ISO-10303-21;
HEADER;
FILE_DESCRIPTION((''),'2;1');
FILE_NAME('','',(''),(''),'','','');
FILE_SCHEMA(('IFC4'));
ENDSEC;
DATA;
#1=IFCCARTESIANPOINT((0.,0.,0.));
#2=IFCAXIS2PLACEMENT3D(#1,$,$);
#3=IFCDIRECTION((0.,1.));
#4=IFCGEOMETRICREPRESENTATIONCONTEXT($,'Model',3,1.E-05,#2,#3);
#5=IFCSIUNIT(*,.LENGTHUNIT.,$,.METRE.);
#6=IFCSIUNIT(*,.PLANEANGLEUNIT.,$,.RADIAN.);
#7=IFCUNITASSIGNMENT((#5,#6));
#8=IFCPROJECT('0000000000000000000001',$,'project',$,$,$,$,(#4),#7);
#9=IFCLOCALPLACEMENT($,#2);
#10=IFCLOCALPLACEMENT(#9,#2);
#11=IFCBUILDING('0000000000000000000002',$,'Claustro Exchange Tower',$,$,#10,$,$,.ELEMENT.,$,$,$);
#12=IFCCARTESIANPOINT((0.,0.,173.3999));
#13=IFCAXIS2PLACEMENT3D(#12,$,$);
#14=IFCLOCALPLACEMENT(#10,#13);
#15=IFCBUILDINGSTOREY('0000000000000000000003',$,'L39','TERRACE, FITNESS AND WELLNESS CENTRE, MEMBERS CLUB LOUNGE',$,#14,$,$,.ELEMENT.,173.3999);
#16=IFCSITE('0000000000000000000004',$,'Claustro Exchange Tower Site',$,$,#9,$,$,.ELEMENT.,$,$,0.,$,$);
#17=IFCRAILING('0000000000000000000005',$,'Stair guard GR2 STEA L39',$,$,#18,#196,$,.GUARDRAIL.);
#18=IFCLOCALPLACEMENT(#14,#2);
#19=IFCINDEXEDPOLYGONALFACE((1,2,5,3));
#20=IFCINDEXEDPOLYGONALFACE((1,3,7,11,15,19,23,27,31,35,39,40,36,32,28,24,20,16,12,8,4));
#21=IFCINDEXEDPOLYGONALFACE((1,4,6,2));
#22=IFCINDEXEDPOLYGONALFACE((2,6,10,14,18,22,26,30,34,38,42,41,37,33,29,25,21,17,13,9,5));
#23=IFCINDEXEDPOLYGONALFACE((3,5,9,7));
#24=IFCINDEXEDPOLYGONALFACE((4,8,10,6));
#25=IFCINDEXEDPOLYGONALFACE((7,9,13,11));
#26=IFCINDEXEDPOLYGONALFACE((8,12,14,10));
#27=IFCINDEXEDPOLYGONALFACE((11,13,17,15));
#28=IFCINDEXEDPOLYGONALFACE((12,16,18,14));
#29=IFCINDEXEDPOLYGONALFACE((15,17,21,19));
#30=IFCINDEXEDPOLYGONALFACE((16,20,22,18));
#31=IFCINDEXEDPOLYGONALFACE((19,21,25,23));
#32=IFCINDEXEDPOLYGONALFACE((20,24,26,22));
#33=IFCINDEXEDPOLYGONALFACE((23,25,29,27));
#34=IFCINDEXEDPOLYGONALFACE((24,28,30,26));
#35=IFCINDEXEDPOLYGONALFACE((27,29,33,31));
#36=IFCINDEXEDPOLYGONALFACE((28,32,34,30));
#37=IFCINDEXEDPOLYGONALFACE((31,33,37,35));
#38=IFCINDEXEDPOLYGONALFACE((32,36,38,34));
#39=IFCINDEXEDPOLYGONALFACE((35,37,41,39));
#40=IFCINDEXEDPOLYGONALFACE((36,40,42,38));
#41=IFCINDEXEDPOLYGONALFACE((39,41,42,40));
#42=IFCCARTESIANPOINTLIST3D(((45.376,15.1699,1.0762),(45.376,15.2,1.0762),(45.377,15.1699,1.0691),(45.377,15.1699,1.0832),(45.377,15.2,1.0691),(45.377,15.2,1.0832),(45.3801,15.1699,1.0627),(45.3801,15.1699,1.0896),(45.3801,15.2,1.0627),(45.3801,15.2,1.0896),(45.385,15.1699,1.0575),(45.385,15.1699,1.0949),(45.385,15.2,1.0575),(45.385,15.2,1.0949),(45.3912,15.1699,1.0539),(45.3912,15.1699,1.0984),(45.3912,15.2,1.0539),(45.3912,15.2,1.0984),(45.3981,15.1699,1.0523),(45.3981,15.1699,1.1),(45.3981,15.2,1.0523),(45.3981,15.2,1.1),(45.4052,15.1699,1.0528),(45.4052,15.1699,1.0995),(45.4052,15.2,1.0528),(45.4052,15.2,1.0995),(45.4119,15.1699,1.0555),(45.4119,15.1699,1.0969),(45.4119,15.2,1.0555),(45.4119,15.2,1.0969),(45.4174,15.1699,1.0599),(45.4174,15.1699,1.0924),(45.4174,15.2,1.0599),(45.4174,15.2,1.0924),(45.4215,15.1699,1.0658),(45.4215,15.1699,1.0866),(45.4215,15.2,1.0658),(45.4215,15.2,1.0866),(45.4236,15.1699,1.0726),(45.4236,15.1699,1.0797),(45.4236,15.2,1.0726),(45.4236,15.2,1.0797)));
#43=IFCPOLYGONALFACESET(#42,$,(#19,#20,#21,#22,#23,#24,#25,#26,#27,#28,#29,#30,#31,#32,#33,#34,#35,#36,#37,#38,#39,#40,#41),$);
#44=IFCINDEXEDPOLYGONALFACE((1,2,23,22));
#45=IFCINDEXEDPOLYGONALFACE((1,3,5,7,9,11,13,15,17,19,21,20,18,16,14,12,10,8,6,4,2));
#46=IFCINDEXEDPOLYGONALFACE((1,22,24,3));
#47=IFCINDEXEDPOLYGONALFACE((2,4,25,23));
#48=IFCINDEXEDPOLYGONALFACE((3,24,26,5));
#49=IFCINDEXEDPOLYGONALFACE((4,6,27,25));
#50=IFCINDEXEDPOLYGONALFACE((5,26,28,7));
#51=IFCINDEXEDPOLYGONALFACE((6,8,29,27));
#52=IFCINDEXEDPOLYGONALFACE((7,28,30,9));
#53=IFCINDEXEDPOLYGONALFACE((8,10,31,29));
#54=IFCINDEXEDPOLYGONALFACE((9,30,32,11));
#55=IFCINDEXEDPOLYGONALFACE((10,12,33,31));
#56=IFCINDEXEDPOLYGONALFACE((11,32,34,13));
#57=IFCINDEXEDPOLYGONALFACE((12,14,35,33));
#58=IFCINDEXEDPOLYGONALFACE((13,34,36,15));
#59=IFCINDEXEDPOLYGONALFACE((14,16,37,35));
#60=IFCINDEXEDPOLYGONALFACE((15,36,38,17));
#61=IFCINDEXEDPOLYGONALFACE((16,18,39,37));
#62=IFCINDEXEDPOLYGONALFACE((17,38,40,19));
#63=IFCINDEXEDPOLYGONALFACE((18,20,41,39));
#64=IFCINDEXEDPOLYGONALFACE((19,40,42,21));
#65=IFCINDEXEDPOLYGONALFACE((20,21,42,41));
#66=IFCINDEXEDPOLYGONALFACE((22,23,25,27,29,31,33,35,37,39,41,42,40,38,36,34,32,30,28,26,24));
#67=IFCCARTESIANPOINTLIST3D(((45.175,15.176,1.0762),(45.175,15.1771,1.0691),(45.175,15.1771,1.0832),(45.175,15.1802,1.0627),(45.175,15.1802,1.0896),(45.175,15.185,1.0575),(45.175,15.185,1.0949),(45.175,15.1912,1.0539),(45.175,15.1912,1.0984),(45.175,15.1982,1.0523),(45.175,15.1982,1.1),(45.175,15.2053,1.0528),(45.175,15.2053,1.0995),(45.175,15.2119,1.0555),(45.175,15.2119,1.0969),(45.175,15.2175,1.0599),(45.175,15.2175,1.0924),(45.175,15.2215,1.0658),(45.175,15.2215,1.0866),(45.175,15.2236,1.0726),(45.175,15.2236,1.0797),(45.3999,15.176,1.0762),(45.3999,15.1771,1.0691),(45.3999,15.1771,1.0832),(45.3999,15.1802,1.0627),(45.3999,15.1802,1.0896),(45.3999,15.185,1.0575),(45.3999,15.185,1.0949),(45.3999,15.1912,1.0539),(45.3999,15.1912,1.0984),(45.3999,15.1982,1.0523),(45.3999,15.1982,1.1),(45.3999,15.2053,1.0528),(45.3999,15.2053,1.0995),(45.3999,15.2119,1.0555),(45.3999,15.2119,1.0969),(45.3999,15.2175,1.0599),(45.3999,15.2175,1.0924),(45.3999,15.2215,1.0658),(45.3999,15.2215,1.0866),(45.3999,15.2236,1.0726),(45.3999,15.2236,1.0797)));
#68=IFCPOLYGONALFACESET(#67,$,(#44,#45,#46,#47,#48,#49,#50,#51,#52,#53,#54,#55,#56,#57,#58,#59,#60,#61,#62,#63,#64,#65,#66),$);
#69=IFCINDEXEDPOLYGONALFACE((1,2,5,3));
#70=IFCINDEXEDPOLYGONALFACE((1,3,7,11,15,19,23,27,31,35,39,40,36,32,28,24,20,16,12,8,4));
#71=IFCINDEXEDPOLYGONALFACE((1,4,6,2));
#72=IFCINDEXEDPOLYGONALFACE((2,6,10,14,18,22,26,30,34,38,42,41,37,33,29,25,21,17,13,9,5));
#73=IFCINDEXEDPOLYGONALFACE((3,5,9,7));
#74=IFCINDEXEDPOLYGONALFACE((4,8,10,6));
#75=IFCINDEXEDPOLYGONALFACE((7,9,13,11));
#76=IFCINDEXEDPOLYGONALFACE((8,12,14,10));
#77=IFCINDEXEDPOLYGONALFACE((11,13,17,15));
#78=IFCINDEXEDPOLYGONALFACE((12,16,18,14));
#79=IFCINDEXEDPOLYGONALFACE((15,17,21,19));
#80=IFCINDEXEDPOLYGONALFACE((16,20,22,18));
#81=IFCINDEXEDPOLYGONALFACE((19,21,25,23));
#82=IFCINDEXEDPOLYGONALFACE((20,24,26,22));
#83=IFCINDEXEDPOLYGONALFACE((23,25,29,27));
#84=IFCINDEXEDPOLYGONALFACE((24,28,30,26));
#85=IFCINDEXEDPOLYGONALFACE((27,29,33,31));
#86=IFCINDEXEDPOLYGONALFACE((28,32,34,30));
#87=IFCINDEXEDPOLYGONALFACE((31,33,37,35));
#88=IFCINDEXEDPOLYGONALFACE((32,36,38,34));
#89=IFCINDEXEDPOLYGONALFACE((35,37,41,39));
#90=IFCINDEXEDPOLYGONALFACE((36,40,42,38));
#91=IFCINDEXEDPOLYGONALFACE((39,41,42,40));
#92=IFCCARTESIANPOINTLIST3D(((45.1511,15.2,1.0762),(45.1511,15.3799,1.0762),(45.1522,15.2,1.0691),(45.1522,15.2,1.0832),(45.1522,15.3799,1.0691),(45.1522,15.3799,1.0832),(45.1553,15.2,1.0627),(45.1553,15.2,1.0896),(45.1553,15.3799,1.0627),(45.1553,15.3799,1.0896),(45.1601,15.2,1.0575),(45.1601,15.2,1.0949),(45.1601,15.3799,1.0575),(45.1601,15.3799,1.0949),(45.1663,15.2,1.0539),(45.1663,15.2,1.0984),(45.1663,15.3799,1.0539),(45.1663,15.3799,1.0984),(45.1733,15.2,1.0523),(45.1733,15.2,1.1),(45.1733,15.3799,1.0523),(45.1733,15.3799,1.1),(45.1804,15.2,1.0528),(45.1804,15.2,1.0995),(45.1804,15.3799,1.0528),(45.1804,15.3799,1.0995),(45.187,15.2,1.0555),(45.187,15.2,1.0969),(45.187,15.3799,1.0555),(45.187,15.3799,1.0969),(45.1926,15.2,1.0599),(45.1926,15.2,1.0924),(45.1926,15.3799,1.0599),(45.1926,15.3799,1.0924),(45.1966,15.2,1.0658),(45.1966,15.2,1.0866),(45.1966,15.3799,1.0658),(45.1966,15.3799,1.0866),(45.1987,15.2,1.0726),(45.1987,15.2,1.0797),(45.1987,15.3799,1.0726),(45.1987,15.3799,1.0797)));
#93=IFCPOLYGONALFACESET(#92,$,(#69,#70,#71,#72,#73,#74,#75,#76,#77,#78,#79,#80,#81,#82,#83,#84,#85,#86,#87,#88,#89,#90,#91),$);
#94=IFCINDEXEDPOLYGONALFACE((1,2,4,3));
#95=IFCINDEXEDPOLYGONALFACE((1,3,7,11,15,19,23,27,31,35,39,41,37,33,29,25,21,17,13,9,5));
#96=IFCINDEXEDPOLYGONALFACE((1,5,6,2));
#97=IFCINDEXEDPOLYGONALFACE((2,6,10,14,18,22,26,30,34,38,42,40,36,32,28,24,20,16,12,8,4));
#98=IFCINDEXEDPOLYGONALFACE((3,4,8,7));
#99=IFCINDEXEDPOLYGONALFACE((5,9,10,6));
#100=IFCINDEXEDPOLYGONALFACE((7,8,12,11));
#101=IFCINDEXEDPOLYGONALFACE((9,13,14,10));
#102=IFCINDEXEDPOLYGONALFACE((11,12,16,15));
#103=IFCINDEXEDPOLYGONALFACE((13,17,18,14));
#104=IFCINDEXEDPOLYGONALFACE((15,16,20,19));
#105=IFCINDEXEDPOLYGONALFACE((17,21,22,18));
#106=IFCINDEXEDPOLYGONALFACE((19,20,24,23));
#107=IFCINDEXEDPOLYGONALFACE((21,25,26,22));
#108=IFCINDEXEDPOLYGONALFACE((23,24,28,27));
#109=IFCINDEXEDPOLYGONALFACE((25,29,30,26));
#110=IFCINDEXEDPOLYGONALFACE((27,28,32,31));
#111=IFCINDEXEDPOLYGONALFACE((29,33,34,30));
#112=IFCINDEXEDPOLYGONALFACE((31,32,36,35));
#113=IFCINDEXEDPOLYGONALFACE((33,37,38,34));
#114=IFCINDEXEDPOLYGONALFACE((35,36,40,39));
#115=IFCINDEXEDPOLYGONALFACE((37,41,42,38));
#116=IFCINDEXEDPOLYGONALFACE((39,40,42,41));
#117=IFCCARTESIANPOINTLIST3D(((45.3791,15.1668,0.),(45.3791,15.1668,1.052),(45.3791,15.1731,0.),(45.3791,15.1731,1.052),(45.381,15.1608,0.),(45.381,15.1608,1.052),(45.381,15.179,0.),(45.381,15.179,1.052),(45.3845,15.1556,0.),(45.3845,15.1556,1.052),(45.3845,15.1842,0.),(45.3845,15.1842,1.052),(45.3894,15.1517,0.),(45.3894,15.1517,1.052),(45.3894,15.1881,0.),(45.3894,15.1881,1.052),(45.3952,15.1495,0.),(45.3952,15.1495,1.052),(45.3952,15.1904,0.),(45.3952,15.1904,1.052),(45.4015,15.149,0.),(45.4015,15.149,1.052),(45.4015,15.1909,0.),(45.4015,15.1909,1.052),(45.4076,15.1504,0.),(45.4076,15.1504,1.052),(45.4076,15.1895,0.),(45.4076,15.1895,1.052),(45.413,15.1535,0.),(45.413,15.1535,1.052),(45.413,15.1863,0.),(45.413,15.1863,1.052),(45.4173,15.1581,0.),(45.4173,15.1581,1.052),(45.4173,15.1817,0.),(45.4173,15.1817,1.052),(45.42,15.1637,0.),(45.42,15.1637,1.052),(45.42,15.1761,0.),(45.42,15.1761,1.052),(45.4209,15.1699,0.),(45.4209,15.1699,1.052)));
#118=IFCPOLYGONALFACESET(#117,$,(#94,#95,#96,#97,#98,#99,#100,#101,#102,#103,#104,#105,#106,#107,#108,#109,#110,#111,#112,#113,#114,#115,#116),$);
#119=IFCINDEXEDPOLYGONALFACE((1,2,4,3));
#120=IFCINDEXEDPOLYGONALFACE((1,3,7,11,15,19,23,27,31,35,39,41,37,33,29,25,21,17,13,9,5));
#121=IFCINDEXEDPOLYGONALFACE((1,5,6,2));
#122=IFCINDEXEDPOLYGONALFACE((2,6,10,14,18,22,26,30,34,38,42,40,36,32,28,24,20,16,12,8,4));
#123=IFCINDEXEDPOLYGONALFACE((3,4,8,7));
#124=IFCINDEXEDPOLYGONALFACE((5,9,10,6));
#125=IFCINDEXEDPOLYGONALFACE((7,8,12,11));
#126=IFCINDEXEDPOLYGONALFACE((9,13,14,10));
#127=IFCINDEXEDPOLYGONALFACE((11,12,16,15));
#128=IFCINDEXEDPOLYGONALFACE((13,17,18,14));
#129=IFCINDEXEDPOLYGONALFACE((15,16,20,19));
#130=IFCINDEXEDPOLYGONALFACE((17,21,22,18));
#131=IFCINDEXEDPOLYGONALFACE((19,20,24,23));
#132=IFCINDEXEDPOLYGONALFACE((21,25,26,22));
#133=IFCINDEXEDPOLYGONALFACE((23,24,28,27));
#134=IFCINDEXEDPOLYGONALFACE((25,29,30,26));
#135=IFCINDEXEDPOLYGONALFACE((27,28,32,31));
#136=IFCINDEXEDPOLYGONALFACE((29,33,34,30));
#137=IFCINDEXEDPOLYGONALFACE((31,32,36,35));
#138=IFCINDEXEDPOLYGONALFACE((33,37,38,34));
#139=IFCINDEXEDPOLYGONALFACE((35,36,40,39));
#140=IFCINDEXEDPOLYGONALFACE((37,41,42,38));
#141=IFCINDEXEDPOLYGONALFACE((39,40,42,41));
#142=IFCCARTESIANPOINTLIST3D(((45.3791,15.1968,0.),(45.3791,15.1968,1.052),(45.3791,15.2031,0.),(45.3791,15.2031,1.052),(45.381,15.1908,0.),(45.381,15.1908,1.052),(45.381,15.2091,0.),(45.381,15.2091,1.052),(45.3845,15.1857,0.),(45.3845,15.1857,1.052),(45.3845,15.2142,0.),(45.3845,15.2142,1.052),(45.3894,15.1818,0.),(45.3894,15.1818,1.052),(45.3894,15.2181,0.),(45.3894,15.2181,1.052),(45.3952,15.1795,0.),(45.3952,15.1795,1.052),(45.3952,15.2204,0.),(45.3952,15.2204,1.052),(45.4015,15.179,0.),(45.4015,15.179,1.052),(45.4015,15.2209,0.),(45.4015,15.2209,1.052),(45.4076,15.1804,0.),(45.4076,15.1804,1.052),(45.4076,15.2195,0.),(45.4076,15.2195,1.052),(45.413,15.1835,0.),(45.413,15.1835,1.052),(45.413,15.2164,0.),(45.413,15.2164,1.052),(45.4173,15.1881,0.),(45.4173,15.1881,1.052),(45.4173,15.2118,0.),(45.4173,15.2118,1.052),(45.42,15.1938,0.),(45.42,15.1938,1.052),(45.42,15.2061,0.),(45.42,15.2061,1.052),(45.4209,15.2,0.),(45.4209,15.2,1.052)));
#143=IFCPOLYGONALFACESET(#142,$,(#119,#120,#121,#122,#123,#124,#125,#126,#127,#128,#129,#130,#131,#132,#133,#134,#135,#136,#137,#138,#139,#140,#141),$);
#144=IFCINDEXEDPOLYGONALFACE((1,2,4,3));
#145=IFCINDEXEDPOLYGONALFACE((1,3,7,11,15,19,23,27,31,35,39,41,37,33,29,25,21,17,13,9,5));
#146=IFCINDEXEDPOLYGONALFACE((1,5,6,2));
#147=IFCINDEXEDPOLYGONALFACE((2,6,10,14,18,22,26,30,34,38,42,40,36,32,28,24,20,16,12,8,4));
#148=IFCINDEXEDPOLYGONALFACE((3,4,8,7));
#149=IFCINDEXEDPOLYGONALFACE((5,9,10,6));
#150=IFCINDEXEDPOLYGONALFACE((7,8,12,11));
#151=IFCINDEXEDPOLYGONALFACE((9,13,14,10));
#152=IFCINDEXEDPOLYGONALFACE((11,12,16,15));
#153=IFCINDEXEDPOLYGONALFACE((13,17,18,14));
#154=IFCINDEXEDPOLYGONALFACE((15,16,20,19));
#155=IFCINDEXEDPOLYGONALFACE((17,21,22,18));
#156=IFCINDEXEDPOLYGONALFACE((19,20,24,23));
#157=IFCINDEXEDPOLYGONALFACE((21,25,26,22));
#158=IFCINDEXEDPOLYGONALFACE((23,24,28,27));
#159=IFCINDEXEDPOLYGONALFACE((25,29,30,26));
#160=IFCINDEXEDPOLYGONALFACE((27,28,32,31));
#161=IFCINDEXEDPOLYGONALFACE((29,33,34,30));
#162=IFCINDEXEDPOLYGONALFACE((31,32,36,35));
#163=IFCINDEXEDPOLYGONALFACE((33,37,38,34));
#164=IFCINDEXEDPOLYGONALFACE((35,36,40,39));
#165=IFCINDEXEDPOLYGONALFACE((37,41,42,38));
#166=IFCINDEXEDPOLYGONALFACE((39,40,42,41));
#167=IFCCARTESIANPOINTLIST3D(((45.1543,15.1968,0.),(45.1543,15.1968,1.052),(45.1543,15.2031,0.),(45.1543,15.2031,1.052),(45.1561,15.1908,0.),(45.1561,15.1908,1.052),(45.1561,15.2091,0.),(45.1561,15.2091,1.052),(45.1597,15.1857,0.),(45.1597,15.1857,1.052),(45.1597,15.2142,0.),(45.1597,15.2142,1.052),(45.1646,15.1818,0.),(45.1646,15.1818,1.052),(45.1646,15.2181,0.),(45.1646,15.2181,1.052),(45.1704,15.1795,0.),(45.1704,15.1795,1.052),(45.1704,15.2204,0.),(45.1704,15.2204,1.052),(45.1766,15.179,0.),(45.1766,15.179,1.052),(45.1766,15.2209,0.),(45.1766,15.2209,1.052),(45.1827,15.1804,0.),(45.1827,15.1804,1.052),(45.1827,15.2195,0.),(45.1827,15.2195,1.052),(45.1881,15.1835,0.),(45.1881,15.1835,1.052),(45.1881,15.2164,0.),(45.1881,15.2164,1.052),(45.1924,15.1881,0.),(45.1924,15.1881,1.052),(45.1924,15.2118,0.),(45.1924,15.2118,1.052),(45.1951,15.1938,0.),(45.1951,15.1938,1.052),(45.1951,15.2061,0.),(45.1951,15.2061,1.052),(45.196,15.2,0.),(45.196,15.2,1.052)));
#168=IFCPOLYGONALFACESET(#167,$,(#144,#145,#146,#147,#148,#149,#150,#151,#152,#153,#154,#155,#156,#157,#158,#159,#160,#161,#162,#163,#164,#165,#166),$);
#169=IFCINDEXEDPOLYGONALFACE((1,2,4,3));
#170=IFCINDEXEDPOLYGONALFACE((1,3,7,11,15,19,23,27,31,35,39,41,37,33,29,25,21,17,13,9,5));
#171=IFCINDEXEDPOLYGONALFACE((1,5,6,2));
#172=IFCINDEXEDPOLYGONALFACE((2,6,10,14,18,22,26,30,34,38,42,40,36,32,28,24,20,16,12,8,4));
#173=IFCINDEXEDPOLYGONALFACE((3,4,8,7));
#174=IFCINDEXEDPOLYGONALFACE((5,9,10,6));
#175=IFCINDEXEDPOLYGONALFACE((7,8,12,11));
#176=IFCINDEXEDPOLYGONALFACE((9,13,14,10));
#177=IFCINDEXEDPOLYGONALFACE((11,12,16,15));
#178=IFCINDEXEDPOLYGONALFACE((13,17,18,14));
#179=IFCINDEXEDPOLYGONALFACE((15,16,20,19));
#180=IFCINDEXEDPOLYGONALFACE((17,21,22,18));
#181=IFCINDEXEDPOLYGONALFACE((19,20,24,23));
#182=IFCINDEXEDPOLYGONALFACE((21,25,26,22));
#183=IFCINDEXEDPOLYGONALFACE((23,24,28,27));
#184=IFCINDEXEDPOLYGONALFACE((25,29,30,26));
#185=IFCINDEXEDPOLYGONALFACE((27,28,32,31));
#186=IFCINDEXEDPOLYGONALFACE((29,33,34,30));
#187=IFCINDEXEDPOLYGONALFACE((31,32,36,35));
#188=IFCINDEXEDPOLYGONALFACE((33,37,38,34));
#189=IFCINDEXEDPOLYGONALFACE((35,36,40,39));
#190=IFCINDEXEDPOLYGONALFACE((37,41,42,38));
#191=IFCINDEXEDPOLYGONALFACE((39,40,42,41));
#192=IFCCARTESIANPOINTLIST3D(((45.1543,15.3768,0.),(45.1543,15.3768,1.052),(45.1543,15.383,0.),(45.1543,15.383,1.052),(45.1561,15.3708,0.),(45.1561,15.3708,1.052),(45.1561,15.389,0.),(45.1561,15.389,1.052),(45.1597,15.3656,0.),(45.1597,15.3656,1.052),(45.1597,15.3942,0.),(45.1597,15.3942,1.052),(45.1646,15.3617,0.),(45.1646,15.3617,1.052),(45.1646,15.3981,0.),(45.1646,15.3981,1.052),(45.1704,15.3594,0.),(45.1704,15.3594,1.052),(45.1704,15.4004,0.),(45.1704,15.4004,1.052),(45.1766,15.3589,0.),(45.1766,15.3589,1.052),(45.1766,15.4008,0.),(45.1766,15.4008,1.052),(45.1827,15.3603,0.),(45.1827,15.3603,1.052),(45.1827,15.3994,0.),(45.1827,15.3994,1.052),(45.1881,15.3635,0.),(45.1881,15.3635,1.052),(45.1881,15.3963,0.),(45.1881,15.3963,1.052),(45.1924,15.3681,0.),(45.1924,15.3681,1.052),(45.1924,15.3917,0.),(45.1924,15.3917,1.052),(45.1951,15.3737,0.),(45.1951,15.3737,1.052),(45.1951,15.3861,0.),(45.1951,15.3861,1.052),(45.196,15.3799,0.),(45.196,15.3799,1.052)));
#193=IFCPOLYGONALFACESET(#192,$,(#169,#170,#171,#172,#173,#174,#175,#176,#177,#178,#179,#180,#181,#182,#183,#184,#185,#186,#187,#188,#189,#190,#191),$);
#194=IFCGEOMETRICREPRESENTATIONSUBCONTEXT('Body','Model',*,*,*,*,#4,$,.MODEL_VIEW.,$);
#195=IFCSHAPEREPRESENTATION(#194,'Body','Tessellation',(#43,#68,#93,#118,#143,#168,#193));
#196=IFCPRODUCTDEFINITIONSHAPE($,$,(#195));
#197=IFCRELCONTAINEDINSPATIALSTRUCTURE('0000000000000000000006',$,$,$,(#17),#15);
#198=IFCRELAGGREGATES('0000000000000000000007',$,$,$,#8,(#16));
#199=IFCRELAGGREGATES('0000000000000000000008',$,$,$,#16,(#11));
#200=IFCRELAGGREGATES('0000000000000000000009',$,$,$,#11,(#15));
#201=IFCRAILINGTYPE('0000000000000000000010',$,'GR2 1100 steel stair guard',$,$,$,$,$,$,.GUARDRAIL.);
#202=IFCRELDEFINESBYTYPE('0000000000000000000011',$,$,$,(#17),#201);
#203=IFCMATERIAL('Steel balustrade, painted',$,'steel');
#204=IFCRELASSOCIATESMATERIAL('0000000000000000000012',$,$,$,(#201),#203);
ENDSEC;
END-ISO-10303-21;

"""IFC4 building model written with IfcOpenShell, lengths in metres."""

from ifc_helpers import new_model, si_unit, direction, frame, origin, origin_2d, place, context, subcontext, project, spatial, circle, extrude, material, type_object, element, save


model = new_model("IFC4")

# Units and contexts
model_context = context("Model", 3, precision=1e-05, world=origin(), true_north=direction((0.0, 1.0)))
body_context = subcontext(model_context, "Body", "Model", "MODEL_VIEW")
ifc_project = project(units=[si_unit("LENGTHUNIT", "METRE"), si_unit("PLANEANGLEUNIT", "RADIAN")], contexts=[model_context])

# Site, building, storey
site_placement = place(None, origin())
site = spatial("IfcSite", under=ifc_project, at=site_placement, Name="Claustro Exchange Tower Site", CompositionType="ELEMENT", RefElevation=0.0)
building_placement = place(site_placement, origin())
building = spatial("IfcBuilding", under=site, at=building_placement, Name="Claustro Exchange Tower", CompositionType="ELEMENT")
storey_placement = place(building_placement, frame((0.0, 0.0, 173.3999)))
storey = spatial("IfcBuildingStorey", under=building, at=storey_placement, Name="L39", Description="TERRACE, FITNESS AND WELLNESS CENTRE, MEMBERS CLUB LOUNGE", CompositionType="ELEMENT", Elevation=173.3999)

# Railing
ifc_material_1 = material(Name="Steel balustrade, painted", Category="steel")
railing_type_1 = type_object("IfcRailingType", Name="GR2 1100 steel stair guard", PredefinedType="GUARDRAIL", material=ifc_material_1)
railing_1_placement = place(storey_placement, frame((45.3999, 15.1699, 0.0)))
element("IfcRailing", 1, at=railing_1_placement, inside=storey, type_object=railing_type_1, Name="Stair guard GR2 STEA L39", PredefinedType="GUARDRAIL", context=body_context, shape_type="SweptSolid", body=[
    extrude(circle(Radius=0.0239, at=origin_2d()), frame((0.0, 0.0, 1.0762), z_axis=(0.0, 1.0, 0.0), x_axis=(-1.0, 0.0, 0.0)), (0.0, 0.0, 1.0), 0.03),
    extrude(circle(Radius=0.0239, at=origin_2d()), frame((0.0, 0.03, 1.0762), z_axis=(-1.0, 0.0, 0.0), x_axis=(0.0, -1.0, 0.0)), (0.0, 0.0, 1.0), 0.2249),
    extrude(circle(Radius=0.0239, at=origin_2d()), frame((-0.2249, 0.03, 1.0762), z_axis=(0.0, 1.0, 0.0), x_axis=(-1.0, 0.0, 0.0)), (0.0, 0.0, 1.0), 0.1799),
    extrude(circle(Radius=0.021, at=origin_2d()), origin(), (0.0, 0.0, 1.0), 1.052),
    extrude(circle(Radius=0.021, at=origin_2d()), frame((0.0, 0.03, 0.0)), (0.0, 0.0, 1.0), 1.052),
    extrude(circle(Radius=0.021, at=origin_2d()), frame((-0.2249, 0.03, 0.0)), (0.0, 0.0, 1.0), 1.052),
    extrude(circle(Radius=0.021, at=origin_2d()), frame((-0.2249, 0.21, 0.0)), (0.0, 0.0, 1.0), 1.052),
])

save(model, "model.ifc")
